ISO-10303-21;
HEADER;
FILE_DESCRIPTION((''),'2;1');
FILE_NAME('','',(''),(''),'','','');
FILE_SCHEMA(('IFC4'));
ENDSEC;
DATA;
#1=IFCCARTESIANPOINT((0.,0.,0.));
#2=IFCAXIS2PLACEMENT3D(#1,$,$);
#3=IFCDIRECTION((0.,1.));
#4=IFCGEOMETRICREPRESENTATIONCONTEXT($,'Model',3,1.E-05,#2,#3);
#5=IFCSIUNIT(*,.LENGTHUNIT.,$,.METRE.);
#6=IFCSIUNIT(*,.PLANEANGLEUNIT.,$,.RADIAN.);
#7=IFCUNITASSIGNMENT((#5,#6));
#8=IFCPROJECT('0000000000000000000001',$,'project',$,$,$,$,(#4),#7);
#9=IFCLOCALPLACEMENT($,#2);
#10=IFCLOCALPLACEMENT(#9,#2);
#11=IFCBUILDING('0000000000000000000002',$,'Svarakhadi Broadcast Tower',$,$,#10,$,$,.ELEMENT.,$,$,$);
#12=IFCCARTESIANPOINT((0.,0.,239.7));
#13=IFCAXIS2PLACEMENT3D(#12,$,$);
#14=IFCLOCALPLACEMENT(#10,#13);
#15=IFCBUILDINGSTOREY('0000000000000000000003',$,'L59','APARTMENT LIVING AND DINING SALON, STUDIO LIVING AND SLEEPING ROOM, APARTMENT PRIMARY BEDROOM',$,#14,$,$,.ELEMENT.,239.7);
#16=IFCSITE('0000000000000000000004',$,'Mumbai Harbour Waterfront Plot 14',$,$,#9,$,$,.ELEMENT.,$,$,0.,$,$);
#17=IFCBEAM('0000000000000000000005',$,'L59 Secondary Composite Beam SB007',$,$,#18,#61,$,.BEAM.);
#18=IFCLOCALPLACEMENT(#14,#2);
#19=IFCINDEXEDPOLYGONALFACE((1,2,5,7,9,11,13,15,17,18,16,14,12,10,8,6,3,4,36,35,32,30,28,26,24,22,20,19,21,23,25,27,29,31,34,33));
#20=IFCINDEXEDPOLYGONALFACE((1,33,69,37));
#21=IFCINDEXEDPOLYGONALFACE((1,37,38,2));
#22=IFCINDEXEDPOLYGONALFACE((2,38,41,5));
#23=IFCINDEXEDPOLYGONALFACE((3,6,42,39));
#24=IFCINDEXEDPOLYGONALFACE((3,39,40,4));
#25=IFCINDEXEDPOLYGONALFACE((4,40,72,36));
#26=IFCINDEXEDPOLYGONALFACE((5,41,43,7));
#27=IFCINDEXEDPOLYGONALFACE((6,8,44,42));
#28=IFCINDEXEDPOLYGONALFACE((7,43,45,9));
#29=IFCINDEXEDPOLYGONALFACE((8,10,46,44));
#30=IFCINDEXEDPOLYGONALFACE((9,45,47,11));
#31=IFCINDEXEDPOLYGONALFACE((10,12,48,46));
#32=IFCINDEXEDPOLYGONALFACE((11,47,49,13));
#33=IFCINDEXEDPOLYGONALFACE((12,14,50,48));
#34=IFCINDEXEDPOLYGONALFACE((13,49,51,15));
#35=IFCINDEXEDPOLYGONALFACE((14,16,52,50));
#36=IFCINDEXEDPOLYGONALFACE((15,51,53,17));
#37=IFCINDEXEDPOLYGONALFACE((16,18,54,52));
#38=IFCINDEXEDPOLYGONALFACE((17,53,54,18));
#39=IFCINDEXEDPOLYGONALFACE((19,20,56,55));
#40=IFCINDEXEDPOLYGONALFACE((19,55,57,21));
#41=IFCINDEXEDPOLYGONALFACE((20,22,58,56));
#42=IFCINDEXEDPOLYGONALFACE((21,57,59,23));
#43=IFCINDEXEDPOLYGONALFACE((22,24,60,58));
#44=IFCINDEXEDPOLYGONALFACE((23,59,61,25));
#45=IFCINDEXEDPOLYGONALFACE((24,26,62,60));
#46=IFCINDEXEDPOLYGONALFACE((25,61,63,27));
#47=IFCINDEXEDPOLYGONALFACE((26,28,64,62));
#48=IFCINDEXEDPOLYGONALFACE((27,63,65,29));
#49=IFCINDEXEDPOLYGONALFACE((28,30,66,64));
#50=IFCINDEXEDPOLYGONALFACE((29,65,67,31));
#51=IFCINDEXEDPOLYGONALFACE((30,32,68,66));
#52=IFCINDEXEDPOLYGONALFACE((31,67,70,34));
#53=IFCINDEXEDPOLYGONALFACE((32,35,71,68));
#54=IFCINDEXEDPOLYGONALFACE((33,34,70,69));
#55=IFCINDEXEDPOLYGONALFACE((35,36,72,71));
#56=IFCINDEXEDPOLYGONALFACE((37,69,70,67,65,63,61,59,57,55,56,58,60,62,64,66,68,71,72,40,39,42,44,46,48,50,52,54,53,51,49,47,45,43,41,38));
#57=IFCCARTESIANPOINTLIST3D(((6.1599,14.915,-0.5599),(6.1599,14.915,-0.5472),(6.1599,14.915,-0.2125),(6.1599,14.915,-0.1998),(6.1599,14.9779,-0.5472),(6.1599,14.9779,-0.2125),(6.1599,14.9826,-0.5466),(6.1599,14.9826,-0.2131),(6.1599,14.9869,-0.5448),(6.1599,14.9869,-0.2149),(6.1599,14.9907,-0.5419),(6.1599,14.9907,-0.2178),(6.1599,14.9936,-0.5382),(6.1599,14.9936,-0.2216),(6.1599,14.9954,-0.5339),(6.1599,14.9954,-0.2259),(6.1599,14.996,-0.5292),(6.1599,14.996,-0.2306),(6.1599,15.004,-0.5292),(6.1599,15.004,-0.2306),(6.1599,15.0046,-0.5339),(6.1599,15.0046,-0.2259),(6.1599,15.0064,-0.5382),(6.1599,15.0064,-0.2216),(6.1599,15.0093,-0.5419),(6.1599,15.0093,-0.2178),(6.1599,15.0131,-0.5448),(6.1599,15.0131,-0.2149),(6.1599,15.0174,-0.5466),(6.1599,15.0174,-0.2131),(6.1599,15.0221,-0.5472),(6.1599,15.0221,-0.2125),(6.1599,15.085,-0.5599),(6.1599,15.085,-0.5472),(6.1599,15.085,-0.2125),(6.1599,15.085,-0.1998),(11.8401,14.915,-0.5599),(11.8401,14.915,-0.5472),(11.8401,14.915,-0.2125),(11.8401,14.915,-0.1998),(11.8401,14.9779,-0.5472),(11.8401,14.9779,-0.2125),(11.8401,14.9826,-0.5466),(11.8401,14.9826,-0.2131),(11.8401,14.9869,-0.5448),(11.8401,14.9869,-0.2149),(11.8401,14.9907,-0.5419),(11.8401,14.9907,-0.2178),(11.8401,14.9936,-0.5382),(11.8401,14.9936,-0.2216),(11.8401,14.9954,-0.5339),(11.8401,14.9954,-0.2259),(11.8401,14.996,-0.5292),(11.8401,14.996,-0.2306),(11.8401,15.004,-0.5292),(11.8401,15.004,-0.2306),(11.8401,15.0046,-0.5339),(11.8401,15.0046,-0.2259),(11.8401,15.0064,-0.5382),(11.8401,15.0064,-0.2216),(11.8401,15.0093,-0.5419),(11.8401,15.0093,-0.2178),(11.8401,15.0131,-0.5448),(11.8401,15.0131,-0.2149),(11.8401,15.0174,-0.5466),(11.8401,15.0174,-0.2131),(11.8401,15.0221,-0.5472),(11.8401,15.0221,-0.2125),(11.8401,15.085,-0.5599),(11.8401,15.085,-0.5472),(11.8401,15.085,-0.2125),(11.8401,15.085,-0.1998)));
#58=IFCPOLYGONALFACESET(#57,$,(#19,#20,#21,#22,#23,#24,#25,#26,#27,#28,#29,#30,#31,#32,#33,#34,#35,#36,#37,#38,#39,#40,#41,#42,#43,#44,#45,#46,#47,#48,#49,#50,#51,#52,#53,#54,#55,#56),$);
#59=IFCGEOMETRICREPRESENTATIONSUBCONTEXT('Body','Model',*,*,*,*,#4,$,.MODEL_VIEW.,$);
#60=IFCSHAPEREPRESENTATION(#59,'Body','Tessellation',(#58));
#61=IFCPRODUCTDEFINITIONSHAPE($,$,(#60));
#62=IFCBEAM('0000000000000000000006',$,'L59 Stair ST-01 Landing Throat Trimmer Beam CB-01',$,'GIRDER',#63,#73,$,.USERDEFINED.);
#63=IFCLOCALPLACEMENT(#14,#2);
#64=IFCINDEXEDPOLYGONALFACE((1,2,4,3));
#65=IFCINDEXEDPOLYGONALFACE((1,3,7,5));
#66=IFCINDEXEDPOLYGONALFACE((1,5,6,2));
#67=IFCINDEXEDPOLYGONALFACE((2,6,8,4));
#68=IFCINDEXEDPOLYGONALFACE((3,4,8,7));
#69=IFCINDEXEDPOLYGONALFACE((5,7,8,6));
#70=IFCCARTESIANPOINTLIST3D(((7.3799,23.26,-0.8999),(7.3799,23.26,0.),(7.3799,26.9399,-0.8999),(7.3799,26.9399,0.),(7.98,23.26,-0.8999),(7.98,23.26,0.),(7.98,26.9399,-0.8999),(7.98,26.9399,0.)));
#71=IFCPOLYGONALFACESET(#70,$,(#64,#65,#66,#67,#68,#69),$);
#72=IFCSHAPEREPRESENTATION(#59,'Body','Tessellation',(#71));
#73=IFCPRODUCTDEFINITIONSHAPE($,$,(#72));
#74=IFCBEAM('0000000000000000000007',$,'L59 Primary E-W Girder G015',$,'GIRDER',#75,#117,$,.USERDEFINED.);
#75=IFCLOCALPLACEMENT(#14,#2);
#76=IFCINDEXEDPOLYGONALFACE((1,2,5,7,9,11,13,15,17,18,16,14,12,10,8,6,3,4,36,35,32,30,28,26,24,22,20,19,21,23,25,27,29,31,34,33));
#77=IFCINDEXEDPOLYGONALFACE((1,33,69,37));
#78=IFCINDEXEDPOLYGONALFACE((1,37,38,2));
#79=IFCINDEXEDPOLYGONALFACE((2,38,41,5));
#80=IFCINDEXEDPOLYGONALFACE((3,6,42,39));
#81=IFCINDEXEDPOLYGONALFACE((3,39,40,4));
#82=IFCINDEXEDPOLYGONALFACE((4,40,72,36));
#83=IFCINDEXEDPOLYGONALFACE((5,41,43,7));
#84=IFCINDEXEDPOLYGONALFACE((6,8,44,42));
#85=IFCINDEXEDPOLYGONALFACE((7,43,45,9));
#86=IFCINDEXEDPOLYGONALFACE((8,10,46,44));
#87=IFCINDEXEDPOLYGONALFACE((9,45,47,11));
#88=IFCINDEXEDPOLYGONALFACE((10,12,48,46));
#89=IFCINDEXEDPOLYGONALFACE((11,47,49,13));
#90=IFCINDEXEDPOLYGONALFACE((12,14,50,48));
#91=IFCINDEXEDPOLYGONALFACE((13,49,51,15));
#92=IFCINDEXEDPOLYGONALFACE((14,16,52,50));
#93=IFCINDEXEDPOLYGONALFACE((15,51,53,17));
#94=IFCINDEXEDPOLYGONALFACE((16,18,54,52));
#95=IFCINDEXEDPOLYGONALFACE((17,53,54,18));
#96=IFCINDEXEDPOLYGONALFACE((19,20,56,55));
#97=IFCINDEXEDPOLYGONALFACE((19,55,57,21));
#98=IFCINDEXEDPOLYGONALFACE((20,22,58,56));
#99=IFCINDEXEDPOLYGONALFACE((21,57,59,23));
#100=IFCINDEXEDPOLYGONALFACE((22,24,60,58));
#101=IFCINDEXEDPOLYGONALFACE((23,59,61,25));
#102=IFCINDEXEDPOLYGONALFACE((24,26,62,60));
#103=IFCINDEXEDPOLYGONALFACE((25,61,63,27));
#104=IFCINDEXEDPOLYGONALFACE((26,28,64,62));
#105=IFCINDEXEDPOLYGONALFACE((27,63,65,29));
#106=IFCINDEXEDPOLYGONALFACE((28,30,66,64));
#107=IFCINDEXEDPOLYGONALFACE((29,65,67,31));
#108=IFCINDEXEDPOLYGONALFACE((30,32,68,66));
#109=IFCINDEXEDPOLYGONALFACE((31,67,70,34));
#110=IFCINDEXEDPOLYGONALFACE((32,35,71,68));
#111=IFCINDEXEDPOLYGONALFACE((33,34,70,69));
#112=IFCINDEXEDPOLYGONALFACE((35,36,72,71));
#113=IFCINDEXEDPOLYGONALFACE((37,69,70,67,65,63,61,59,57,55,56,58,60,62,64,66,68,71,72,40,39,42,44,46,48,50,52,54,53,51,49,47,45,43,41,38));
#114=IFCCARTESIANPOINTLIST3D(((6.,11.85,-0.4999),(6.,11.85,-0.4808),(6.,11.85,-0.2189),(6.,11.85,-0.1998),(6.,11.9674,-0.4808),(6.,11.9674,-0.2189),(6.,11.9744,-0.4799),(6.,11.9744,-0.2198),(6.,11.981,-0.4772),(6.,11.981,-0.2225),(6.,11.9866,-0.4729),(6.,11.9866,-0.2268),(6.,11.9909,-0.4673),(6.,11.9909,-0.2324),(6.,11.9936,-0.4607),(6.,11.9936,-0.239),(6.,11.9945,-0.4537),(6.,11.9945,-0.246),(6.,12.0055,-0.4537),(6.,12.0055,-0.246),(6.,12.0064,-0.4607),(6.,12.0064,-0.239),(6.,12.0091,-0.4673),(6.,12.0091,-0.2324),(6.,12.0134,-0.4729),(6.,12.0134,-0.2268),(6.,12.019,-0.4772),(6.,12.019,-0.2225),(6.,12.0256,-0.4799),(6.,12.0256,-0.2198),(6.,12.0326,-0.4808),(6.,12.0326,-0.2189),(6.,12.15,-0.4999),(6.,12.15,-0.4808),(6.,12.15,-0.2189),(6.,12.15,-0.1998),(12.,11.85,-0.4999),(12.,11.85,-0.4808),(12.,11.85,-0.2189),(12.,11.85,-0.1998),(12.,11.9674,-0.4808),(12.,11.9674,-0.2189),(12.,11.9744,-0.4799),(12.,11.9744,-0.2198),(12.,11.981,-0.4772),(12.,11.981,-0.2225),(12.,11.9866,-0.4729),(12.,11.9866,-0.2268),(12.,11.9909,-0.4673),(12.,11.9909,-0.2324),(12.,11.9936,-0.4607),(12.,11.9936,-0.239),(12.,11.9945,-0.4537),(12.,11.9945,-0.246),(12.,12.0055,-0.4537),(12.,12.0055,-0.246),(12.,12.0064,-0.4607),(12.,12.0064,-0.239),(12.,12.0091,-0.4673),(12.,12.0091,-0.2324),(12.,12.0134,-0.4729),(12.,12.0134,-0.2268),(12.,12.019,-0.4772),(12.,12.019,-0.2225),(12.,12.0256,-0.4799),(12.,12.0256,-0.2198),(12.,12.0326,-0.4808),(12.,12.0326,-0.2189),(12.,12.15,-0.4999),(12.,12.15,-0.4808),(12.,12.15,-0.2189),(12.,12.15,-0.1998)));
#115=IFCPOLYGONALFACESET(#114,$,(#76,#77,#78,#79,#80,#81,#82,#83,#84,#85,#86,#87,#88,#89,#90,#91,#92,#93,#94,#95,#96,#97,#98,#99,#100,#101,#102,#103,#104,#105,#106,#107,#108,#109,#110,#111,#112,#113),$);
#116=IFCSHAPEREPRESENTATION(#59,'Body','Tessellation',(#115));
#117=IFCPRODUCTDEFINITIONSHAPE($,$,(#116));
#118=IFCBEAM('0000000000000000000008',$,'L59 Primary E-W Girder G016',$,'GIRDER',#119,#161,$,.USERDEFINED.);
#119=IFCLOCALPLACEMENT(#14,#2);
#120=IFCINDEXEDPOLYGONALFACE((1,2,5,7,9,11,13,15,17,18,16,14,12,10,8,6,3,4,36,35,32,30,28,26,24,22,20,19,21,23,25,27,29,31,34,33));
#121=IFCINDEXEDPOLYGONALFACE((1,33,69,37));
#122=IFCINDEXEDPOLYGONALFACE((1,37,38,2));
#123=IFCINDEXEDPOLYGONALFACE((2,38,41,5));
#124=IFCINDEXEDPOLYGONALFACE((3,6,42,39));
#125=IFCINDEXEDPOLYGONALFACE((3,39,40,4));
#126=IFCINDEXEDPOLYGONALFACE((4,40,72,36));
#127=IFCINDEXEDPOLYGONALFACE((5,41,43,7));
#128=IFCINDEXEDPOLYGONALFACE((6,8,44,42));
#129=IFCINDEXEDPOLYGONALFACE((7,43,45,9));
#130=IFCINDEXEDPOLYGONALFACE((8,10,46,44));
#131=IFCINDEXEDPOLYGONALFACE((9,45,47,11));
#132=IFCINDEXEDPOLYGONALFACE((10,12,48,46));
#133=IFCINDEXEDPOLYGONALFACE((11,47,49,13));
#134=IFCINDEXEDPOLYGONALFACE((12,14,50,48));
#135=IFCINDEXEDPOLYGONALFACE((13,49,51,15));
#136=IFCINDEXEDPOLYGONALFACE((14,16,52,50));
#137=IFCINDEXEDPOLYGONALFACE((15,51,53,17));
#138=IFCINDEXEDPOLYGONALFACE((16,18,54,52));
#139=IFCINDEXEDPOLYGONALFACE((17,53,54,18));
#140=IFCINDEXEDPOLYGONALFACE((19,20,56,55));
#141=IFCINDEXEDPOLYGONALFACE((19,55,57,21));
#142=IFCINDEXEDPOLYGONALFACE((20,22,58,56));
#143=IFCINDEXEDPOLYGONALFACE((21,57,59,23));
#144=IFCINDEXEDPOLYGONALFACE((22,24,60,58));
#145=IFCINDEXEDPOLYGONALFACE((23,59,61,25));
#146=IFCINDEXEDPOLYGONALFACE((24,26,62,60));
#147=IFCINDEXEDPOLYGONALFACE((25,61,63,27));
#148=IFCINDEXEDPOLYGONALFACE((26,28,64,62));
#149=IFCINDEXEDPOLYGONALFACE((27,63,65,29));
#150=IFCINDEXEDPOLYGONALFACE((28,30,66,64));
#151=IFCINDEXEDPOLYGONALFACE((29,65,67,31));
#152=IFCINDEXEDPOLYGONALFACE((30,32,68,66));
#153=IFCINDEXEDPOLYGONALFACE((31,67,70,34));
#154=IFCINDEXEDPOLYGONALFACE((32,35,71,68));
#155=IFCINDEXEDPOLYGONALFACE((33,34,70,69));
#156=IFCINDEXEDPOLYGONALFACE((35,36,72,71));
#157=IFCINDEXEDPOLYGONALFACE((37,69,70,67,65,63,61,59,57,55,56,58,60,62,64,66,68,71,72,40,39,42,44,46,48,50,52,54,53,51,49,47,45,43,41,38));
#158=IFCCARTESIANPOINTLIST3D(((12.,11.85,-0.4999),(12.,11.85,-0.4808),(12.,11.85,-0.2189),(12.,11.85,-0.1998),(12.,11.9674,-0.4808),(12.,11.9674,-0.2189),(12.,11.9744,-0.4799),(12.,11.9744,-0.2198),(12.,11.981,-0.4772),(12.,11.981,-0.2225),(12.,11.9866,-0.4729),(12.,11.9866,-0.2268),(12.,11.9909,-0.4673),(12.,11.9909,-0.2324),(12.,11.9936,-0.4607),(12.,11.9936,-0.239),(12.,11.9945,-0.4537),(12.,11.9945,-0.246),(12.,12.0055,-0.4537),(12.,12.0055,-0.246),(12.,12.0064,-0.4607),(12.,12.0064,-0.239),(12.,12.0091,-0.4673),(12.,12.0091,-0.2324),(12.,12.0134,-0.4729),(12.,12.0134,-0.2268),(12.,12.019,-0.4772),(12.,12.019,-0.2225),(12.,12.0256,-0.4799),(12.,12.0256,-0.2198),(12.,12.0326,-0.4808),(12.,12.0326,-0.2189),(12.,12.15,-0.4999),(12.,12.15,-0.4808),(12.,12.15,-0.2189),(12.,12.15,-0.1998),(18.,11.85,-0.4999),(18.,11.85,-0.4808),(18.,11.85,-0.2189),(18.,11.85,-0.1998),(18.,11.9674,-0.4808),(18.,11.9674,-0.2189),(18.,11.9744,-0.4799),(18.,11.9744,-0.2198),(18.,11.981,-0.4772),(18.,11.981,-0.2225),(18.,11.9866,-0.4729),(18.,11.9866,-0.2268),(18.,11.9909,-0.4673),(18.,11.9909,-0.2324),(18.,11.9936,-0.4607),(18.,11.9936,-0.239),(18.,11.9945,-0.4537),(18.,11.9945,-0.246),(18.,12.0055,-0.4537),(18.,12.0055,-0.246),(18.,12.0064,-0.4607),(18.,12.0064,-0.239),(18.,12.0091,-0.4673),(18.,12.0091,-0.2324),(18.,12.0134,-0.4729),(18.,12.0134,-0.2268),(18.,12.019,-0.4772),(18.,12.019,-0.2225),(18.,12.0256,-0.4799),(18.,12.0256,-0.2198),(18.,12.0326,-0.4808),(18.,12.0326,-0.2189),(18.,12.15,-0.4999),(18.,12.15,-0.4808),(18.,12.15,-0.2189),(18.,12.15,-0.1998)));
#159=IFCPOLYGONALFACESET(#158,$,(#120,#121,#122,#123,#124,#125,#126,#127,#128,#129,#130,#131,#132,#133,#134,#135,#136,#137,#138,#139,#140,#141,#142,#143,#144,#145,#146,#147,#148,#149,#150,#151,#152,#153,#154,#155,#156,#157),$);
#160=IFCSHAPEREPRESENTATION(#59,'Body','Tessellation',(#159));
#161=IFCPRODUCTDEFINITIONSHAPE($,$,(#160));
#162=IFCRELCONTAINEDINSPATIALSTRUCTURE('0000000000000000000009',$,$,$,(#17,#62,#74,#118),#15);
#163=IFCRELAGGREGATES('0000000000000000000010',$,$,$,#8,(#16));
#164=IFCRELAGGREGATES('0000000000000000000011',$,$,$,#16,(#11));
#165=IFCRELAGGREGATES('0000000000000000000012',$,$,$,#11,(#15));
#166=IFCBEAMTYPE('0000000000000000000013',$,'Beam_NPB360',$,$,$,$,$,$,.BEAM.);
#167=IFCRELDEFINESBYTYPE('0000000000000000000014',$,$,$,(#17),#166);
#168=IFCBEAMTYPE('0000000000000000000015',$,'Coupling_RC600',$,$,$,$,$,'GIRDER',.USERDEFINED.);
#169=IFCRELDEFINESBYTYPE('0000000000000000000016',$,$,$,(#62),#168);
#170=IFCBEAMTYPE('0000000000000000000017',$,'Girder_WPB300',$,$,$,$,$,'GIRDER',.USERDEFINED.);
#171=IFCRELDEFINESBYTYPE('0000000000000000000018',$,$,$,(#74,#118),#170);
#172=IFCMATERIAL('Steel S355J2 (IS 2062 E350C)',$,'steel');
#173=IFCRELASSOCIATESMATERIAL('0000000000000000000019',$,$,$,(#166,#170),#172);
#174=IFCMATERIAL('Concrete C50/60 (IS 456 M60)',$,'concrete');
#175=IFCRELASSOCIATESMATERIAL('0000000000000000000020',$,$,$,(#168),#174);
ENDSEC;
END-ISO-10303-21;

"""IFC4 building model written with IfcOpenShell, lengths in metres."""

from ifc_helpers import new_model, si_unit, direction, frame, origin, origin_2d, place, context, subcontext, project, spatial, rectangle, i_section, extrude, material, material_profile, profile_set, type_object, element, save


model = new_model("IFC4")

# Units and contexts
model_context = context("Model", 3, precision=1e-05, world=origin(), true_north=direction((0.0, 1.0)))
body_context = subcontext(model_context, "Body", "Model", "MODEL_VIEW")
ifc_project = project(units=[si_unit("LENGTHUNIT", "METRE"), si_unit("PLANEANGLEUNIT", "RADIAN")], contexts=[model_context])

# Site, building, storey
site_placement = place(None, origin())
site = spatial("IfcSite", under=ifc_project, at=site_placement, Name="Mumbai Harbour Waterfront Plot 14", CompositionType="ELEMENT", RefElevation=0.0)
building_placement = place(site_placement, origin())
building = spatial("IfcBuilding", under=site, at=building_placement, Name="Svarakhadi Broadcast Tower", CompositionType="ELEMENT")
storey_placement = place(building_placement, frame((0.0, 0.0, 239.7)))
storey = spatial("IfcBuildingStorey", under=building, at=storey_placement, Name="L59", Description="APARTMENT LIVING AND DINING SALON, STUDIO LIVING AND SLEEPING ROOM, APARTMENT PRIMARY BEDROOM", CompositionType="ELEMENT", Elevation=239.7)

# Shared definitions
ifc_material_1 = material(Name="Concrete C50/60 (IS 456 M60)", Category="concrete")

# Beams
ifc_material_2 = material(Name="Steel S355J2 (IS 2062 E350C)", Category="steel")
ifc_material_profile_1 = material_profile(ifc_material_2, i_section(OverallWidth=0.1699, OverallDepth=0.3601, WebThickness=0.0081, FlangeThickness=0.0127, FilletRadius=0.0181, at=origin_2d()), Name="NPB 360x170x57")
ifc_profile_set_1 = profile_set([ifc_material_profile_1], Name="Steel S355J2 (IS 2062 E350C)")
beam_type_1 = type_object("IfcBeamType", Name="Beam_NPB360", PredefinedType="BEAM", material=ifc_profile_set_1)
beam_1_placement = place(storey_placement, frame((6.1599, 15.0, -0.3799), z_axis=(1.0, 0.0, 0.0), x_axis=(0.0, 1.0, 0.0)))
element("IfcBeam", 1, at=beam_1_placement, inside=storey, type_object=beam_type_1, Name="L59 Secondary Composite Beam SB007", PredefinedType="BEAM", context=body_context, shape_type="SweptSolid", body=[
    extrude(i_section(OverallWidth=0.1699, OverallDepth=0.3601, WebThickness=0.0081, FlangeThickness=0.0127, FilletRadius=0.0181, at=origin_2d()), origin(), (0.0, 0.0, 1.0), 5.6802),
])
ifc_material_profile_2 = material_profile(ifc_material_1, rectangle(XDim=0.6001, YDim=0.8999, at=origin_2d()), Name="RC 600x900")
ifc_profile_set_2 = profile_set([ifc_material_profile_2], Name="Concrete C50/60 (IS 456 M60)")
beam_type_2 = type_object("IfcBeamType", Name="Coupling_RC600", ElementType="GIRDER", PredefinedType="USERDEFINED", material=ifc_profile_set_2)
beam_2_placement = place(storey_placement, frame((7.6799, 23.26, -0.45), z_axis=(0.0, 1.0, 0.0), x_axis=(-1.0, 0.0, 0.0)))
element("IfcBeam", 2, at=beam_2_placement, inside=storey, type_object=beam_type_2, Name="L59 Stair ST-01 Landing Throat Trimmer Beam CB-01", ObjectType="GIRDER", PredefinedType="USERDEFINED", context=body_context, shape_type="SweptSolid", body=[
    extrude(rectangle(XDim=0.6001, YDim=0.8999, at=origin_2d()), origin(), (0.0, 0.0, 1.0), 3.6799),
])
ifc_material_profile_3 = material_profile(ifc_material_2, i_section(OverallWidth=0.3, OverallDepth=0.3, WebThickness=0.011, FlangeThickness=0.019, FilletRadius=0.0271, at=origin_2d()), Name="WPB 300x300x117")
ifc_profile_set_3 = profile_set([ifc_material_profile_3], Name="Steel S355J2 (IS 2062 E350C)")
beam_type_3 = type_object("IfcBeamType", Name="Girder_WPB300", ElementType="GIRDER", PredefinedType="USERDEFINED", material=ifc_profile_set_3)
for number, where, z_axis, x_axis, name in (
    (3, (6.0, 12.0, -0.3499), (1.0, 0.0, 0.0), (0.0, 1.0, 0.0), "L59 Primary E-W Girder G015"),
    (4, (12.0, 12.0, -0.3499), (1.0, 0.0, 0.0), (0.0, 1.0, 0.0), "L59 Primary E-W Girder G016"),
):
    element("IfcBeam", number, at=place(storey_placement, frame(where, z_axis=z_axis, x_axis=x_axis)), inside=storey, type_object=beam_type_3, Name=name, ObjectType="GIRDER", PredefinedType="USERDEFINED", context=body_context, shape_type="SweptSolid", body=[
        extrude(i_section(OverallWidth=0.3, OverallDepth=0.3, WebThickness=0.011, FlangeThickness=0.019, FilletRadius=0.0271, at=origin_2d()), origin(), (0.0, 0.0, 1.0), 6.0),
    ])

save(model, "model.ifc")
